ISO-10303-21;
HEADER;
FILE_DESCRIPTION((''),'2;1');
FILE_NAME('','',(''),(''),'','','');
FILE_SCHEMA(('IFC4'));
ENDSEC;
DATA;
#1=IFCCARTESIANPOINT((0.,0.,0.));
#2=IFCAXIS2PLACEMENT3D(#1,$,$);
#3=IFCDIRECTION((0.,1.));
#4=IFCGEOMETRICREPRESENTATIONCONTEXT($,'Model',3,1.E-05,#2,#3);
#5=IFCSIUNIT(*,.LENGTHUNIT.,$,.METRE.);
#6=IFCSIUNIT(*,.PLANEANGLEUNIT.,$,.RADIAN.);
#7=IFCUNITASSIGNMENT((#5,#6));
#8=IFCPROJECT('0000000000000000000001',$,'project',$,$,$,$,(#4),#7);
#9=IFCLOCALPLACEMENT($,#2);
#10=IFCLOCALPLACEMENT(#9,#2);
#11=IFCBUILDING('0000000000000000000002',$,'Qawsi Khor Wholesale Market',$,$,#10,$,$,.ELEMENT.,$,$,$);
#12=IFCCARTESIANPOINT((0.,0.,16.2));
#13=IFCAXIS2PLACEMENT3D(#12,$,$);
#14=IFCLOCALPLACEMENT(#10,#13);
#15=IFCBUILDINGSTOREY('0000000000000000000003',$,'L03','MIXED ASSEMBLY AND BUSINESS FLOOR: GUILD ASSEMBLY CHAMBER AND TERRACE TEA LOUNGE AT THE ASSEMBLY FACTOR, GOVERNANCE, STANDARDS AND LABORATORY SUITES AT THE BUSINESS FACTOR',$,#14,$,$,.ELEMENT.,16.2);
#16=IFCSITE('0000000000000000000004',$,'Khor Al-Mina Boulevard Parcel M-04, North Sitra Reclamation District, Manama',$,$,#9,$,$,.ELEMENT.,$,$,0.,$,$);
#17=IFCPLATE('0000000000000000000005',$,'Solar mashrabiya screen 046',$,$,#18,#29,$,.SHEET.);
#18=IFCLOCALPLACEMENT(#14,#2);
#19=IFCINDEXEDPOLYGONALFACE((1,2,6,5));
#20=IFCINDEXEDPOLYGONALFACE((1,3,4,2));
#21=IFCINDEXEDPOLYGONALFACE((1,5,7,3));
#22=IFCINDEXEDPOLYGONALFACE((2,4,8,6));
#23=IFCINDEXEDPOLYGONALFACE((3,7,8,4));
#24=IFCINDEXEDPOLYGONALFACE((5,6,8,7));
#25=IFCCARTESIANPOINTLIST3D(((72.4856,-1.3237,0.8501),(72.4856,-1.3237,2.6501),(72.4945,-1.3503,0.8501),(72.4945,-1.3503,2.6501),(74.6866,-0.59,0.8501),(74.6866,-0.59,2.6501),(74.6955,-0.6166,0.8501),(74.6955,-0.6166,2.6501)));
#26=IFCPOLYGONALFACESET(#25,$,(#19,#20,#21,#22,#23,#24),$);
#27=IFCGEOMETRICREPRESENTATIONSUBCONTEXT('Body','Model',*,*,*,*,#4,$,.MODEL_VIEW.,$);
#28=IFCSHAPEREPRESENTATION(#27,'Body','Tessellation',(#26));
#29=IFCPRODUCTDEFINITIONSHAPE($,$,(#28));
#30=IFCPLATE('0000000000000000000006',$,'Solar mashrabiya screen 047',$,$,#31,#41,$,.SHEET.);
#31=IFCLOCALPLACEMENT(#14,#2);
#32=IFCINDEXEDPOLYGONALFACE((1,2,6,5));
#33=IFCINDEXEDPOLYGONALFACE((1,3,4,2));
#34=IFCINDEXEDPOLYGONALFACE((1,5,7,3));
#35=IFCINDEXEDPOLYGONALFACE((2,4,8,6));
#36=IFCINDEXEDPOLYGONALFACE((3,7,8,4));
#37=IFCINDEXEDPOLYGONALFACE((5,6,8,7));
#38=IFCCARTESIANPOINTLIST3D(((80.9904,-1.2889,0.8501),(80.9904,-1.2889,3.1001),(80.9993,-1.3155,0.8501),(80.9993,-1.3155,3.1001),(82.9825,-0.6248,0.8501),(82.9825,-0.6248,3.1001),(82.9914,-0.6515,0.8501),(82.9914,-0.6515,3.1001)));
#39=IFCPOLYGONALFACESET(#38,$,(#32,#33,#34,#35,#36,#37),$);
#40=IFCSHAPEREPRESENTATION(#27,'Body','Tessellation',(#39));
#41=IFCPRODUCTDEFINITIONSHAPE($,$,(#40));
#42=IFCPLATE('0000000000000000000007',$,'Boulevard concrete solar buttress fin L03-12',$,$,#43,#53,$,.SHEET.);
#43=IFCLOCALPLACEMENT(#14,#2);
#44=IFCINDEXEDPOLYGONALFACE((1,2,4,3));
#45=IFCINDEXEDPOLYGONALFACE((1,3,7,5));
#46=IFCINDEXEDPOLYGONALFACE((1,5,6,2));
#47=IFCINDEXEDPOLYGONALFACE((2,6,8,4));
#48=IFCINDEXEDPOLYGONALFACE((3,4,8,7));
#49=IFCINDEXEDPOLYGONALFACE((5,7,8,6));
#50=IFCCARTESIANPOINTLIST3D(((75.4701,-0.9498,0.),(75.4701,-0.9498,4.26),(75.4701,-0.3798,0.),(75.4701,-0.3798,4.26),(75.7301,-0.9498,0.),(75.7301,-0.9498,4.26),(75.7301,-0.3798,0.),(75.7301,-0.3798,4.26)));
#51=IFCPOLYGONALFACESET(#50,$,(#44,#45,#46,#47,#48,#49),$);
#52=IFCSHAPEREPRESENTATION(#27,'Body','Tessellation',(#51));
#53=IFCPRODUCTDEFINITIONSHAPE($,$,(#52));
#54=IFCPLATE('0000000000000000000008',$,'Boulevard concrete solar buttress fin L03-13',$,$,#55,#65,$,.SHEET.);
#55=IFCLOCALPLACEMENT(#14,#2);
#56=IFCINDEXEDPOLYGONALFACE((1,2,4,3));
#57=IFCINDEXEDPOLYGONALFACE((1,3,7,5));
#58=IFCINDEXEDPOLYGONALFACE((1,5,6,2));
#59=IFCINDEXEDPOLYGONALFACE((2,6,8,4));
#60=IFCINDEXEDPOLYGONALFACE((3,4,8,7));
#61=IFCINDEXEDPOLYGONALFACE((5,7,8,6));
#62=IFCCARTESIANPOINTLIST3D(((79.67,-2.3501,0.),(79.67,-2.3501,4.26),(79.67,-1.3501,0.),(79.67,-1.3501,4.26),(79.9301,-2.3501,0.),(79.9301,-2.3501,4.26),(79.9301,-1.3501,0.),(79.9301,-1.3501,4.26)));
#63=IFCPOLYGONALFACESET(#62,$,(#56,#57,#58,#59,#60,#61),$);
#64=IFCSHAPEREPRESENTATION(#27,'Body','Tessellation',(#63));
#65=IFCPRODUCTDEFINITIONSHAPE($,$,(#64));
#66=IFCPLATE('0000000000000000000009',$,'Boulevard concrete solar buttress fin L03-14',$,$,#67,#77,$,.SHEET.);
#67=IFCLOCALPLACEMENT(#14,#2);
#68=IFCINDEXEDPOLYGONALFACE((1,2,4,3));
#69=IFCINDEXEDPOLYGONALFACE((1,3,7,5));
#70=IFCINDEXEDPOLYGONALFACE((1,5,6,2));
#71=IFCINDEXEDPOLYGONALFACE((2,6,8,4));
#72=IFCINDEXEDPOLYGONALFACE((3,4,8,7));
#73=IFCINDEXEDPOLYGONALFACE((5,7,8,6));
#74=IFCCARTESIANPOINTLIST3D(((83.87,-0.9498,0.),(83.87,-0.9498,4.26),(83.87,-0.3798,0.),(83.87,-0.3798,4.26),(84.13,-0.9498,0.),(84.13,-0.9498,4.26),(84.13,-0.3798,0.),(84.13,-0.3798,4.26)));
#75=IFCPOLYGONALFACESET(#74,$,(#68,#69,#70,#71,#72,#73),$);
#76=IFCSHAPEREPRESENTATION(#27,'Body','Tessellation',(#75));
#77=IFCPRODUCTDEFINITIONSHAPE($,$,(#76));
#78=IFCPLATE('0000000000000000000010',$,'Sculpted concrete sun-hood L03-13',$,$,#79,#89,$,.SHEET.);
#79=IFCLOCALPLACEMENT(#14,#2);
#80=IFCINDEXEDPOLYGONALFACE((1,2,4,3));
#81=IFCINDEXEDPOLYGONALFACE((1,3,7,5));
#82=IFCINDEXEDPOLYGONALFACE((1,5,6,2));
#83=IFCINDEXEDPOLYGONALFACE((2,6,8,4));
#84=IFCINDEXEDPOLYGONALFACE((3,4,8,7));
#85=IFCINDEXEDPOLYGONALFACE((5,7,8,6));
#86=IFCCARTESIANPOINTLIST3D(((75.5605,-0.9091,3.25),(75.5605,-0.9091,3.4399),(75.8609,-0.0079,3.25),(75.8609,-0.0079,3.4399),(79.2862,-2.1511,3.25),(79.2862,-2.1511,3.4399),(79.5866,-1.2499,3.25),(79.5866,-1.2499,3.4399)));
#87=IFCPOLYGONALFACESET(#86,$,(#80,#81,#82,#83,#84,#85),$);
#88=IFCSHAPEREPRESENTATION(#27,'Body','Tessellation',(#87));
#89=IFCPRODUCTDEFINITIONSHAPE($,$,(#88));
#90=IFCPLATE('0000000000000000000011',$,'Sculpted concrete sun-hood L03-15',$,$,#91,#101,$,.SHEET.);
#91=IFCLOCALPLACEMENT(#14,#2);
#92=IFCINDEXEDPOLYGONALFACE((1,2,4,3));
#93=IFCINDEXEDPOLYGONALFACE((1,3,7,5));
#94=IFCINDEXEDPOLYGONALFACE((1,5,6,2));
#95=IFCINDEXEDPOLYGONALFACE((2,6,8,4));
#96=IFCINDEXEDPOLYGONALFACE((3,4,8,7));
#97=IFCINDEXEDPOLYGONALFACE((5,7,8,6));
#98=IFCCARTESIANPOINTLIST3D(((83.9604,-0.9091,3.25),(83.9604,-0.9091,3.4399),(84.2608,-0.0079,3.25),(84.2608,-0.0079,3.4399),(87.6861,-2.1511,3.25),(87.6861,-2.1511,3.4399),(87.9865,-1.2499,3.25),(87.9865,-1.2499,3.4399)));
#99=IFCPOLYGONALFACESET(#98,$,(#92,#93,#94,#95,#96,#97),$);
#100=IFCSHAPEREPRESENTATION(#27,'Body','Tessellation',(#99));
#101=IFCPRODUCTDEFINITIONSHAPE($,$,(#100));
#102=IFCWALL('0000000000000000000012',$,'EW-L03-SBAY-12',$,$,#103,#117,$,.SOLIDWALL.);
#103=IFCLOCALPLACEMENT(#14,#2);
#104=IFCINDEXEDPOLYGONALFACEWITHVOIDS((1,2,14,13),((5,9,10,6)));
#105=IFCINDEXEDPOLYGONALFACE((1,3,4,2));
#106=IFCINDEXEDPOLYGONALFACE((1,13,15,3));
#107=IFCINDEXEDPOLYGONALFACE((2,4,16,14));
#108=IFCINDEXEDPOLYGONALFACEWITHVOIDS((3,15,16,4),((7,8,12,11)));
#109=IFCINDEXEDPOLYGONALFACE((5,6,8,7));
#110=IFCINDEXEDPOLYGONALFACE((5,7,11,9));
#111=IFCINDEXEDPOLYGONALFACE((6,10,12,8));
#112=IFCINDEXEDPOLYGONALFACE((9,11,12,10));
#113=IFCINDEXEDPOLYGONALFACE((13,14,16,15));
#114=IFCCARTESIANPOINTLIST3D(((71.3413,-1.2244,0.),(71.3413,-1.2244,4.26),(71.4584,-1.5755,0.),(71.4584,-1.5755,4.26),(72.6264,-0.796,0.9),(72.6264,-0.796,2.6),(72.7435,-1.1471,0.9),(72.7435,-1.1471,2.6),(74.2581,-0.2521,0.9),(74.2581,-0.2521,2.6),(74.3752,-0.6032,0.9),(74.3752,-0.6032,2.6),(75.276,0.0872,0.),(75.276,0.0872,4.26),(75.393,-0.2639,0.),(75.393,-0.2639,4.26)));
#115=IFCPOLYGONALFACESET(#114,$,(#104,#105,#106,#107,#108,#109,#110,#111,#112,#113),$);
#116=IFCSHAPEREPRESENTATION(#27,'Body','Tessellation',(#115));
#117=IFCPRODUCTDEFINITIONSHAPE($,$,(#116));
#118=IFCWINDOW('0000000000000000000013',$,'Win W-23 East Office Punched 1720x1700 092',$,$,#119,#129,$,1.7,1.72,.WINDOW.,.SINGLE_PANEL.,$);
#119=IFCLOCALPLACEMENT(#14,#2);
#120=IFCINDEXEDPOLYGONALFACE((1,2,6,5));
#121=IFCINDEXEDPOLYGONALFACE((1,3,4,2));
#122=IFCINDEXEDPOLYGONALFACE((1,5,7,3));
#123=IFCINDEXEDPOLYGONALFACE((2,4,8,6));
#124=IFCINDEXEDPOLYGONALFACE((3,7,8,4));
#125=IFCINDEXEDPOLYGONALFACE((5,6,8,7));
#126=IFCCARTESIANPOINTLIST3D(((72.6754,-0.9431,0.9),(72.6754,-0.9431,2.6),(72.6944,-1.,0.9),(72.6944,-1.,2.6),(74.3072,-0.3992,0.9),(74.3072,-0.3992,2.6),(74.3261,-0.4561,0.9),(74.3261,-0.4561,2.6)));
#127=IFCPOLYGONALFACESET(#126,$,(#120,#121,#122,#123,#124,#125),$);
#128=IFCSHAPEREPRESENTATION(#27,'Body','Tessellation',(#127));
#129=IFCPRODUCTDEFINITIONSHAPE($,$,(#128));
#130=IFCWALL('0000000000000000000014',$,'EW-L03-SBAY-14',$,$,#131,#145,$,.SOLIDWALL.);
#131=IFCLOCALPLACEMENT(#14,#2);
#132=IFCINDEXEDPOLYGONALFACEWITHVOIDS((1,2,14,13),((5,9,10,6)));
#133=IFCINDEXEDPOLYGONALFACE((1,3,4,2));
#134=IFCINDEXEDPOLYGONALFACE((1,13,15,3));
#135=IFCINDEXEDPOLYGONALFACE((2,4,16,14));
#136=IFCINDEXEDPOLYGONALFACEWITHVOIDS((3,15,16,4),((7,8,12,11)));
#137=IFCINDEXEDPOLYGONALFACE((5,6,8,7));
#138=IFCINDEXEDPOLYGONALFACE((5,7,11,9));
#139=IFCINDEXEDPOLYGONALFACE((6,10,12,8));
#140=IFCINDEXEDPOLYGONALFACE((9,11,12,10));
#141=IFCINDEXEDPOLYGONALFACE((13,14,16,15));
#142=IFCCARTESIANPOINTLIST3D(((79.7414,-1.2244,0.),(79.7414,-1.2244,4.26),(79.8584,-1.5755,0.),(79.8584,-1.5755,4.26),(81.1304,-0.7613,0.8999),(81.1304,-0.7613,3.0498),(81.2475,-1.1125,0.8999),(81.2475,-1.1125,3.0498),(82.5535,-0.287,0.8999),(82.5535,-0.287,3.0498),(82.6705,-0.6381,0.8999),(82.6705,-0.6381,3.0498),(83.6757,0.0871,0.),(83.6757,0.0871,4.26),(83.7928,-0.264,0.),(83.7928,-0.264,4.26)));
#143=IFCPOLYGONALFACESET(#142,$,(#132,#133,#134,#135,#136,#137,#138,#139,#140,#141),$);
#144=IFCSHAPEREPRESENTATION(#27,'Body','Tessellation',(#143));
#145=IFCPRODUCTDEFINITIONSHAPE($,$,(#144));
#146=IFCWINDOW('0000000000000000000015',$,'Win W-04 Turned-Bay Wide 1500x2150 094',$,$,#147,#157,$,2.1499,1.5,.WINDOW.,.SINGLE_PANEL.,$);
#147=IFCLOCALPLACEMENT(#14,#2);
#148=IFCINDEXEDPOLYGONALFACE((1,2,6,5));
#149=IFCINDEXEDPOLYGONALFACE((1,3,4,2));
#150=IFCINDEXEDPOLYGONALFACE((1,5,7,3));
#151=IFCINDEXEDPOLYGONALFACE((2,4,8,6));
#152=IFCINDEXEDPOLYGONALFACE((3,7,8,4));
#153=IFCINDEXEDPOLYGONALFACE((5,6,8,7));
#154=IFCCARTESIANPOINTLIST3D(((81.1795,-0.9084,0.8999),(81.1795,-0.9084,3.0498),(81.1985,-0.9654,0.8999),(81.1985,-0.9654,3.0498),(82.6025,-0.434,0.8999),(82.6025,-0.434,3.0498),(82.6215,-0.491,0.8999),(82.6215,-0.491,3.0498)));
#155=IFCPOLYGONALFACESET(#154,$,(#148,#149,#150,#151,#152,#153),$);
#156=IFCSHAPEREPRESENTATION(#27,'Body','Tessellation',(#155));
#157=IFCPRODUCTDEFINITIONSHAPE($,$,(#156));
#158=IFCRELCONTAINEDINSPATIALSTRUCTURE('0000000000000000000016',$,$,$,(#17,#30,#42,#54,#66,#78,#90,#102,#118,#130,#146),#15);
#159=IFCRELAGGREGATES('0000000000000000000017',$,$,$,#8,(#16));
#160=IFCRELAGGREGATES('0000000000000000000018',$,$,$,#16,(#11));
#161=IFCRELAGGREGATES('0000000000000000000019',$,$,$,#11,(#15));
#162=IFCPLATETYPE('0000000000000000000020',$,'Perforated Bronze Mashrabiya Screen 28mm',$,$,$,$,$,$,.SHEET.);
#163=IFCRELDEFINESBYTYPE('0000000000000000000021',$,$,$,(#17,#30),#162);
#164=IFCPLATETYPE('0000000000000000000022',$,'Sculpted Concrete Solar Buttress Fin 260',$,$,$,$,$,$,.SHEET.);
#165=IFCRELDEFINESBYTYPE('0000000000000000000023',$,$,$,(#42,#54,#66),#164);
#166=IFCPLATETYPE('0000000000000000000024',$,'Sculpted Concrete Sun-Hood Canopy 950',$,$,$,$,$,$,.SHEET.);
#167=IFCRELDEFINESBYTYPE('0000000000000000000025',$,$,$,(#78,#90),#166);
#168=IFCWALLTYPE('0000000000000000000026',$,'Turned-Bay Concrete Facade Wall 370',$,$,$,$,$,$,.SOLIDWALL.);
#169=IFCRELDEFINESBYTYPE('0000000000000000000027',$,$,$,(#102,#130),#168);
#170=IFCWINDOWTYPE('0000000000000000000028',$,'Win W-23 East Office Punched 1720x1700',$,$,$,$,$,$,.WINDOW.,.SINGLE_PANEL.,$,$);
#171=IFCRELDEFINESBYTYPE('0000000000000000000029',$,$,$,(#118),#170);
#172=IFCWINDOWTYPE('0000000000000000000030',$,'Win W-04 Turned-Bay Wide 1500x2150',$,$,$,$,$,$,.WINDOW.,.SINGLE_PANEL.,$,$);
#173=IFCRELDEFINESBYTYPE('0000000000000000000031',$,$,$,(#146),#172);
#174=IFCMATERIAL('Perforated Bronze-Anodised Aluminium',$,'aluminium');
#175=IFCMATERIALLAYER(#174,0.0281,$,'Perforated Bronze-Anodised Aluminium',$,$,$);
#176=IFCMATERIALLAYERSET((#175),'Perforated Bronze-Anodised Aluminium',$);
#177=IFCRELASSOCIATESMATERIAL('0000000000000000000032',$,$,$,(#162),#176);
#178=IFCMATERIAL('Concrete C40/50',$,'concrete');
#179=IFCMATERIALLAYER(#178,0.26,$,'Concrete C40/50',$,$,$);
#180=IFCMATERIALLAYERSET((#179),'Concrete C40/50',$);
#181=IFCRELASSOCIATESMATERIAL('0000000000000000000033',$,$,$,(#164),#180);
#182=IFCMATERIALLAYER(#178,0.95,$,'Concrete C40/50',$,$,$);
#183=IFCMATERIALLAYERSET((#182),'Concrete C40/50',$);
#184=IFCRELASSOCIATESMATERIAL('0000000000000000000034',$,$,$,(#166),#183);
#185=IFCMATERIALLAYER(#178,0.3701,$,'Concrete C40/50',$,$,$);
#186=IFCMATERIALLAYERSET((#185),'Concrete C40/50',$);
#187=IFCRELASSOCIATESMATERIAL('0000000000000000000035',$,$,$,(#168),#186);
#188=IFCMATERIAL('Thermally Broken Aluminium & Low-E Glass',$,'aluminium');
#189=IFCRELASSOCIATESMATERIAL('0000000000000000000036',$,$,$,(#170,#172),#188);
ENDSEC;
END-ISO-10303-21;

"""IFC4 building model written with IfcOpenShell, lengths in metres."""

from ifc_helpers import new_model, si_unit, direction, frame, frame_2d, origin, place, context, subcontext, project, spatial, rectangle, extrude, material, layer, layer_set, type_object, element, fill, save


model = new_model("IFC4")

# Units and contexts
model_context = context("Model", 3, precision=1e-05, world=origin(), true_north=direction((0.0, 1.0)))
body_context = subcontext(model_context, "Body", "Model", "MODEL_VIEW")
ifc_project = project(units=[si_unit("LENGTHUNIT", "METRE"), si_unit("PLANEANGLEUNIT", "RADIAN")], contexts=[model_context])

# Site, building, storey
site_placement = place(None, origin())
site = spatial("IfcSite", under=ifc_project, at=site_placement, Name="Khor Al-Mina Boulevard Parcel M-04, North Sitra Reclamation District, Manama", CompositionType="ELEMENT", RefElevation=0.0)
building_placement = place(site_placement, origin())
building = spatial("IfcBuilding", under=site, at=building_placement, Name="Qawsi Khor Wholesale Market", CompositionType="ELEMENT")
storey_placement = place(building_placement, frame((0.0, 0.0, 16.2)))
storey = spatial("IfcBuildingStorey", under=building, at=storey_placement, Name="L03", Description="MIXED ASSEMBLY AND BUSINESS FLOOR: GUILD ASSEMBLY CHAMBER AND TERRACE TEA LOUNGE AT THE ASSEMBLY FACTOR, GOVERNANCE, STANDARDS AND LABORATORY SUITES AT THE BUSINESS FACTOR", CompositionType="ELEMENT", Elevation=16.2)

# Plates
ifc_material_1 = material(Name="Perforated Bronze-Anodised Aluminium", Category="aluminium")
ifc_layer_1 = layer(ifc_material_1, 0.0281, Name="Perforated Bronze-Anodised Aluminium")
ifc_layer_set_1 = layer_set([ifc_layer_1], Name="Perforated Bronze-Anodised Aluminium")
plate_type_1 = type_object("IfcPlateType", Name="Perforated Bronze Mashrabiya Screen 28mm", PredefinedType="SHEET", material=ifc_layer_set_1)
plate_1_placement = place(storey_placement, frame((74.6912, -0.6033, 0.8501), z_axis=(0.0, 0.0, 1.0), x_axis=(-0.948683, -0.316228, 0.0)))
element("IfcPlate", 1, at=plate_1_placement, inside=storey, type_object=plate_type_1, Name="Solar mashrabiya screen 046", PredefinedType="SHEET", context=body_context, shape_type="SweptSolid", body=[
    extrude(rectangle(XDim=2.3201, YDim=0.0281, at=frame_2d((1.1602, 0.0))), origin(), (0.0, 0.0, 1.0), 1.8),
])
plate_2_placement = place(storey_placement, frame((82.9868, -0.6382, 0.8501), z_axis=(0.0, 0.0, 1.0), x_axis=(-0.948683, -0.316228, 0.0)))
element("IfcPlate", 2, at=plate_2_placement, inside=storey, type_object=plate_type_1, Name="Solar mashrabiya screen 047", PredefinedType="SHEET", context=body_context, shape_type="SweptSolid", body=[
    extrude(rectangle(XDim=2.0999, YDim=0.0281, at=frame_2d((1.0498, 0.0))), origin(), (0.0, 0.0, 1.0), 2.25),
])
ifc_material_2 = material(Name="Concrete C40/50", Category="concrete")
ifc_layer_2 = layer(ifc_material_2, 0.26, Name="Concrete C40/50")
ifc_layer_set_2 = layer_set([ifc_layer_2], Name="Concrete C40/50")
plate_type_2 = type_object("IfcPlateType", Name="Sculpted Concrete Solar Buttress Fin 260", PredefinedType="SHEET", material=ifc_layer_set_2)
plate_3_placement = place(storey_placement, frame((75.6001, -0.95, 0.0), z_axis=(0.0, 0.0, 1.0), x_axis=(0.0, 1.0, 0.0)))
element("IfcPlate", 3, at=plate_3_placement, inside=storey, type_object=plate_type_2, Name="Boulevard concrete solar buttress fin L03-12", PredefinedType="SHEET", context=body_context, shape_type="SweptSolid", body=[
    extrude(rectangle(XDim=0.5701, YDim=0.26, at=frame_2d((0.2852, 0.0))), origin(), (0.0, 0.0, 1.0), 4.26),
])
plate_4_placement = place(storey_placement, frame((79.8, -2.3501, 0.0), z_axis=(0.0, 0.0, 1.0), x_axis=(0.0, 1.0, 0.0)))
element("IfcPlate", 4, at=plate_4_placement, inside=storey, type_object=plate_type_2, Name="Boulevard concrete solar buttress fin L03-13", PredefinedType="SHEET", context=body_context, shape_type="SweptSolid", body=[
    extrude(rectangle(XDim=1.0, YDim=0.26, at=frame_2d((0.5, 0.0))), origin(), (0.0, 0.0, 1.0), 4.26),
])
plate_5_placement = place(storey_placement, frame((84.0, -0.95, 0.0), z_axis=(0.0, 0.0, 1.0), x_axis=(0.0, 1.0, 0.0)))
element("IfcPlate", 5, at=plate_5_placement, inside=storey, type_object=plate_type_2, Name="Boulevard concrete solar buttress fin L03-14", PredefinedType="SHEET", context=body_context, shape_type="SweptSolid", body=[
    extrude(rectangle(XDim=0.5701, YDim=0.26, at=frame_2d((0.2852, 0.0))), origin(), (0.0, 0.0, 1.0), 4.26),
])
ifc_layer_3 = layer(ifc_material_2, 0.95, Name="Concrete C40/50")
ifc_layer_set_3 = layer_set([ifc_layer_3], Name="Concrete C40/50")
plate_type_3 = type_object("IfcPlateType", Name="Sculpted Concrete Sun-Hood Canopy 950", PredefinedType="SHEET", material=ifc_layer_set_3)
for number, where, z_axis, x_axis, name in (
    (6, (75.7107, -0.4585, 3.25), (0.0, 0.0, 1.0), (0.948677, -0.316246, 0.0), "Sculpted concrete sun-hood L03-13"),
    (7, (84.1106, -0.4585, 3.25), (0.0, 0.0, 1.0), (0.948677, -0.316246, 0.0), "Sculpted concrete sun-hood L03-15"),
):
    element("IfcPlate", number, at=place(storey_placement, frame(where, z_axis=z_axis, x_axis=x_axis)), inside=storey, type_object=plate_type_3, Name=name, PredefinedType="SHEET", context=body_context, shape_type="SweptSolid", body=[
        extrude(rectangle(XDim=3.9272, YDim=0.95, at=frame_2d((1.9636, 0.0))), origin(), (0.0, 0.0, 1.0), 0.1899),
    ])

# Walls, openings, windows
ifc_layer_4 = layer(ifc_material_2, 0.3701, Name="Concrete C40/50")
ifc_layer_set_4 = layer_set([ifc_layer_4], Name="Concrete C40/50")
wall_type_1 = type_object("IfcWallType", Name="Turned-Bay Concrete Facade Wall 370", PredefinedType="SOLIDWALL", material=ifc_layer_set_4)
wall_1_placement = place(storey_placement, frame((75.3345, -0.0884, 0.0), z_axis=(0.0, 0.0, 1.0), x_axis=(-0.948683, -0.316228, 0.0)))
wall_1 = element("IfcWall", 8, at=wall_1_placement, inside=storey, type_object=wall_type_1, Name="EW-L03-SBAY-12", PredefinedType="SOLIDWALL", context=body_context, shape_type="SweptSolid", body=[
    extrude(rectangle(XDim=4.1475, YDim=0.3701, at=frame_2d((2.0737, 0.0))), origin(), (0.0, 0.0, 1.0), 4.26),
])
opening_1_placement = place(wall_1_placement, frame((1.073, 0.0, 0.8999)))
opening_1 = element("IfcOpeningElement", 9, at=opening_1_placement, cuts=wall_1, PredefinedType="OPENING", context=body_context, shape_type="SweptSolid", body=[
    extrude(rectangle(XDim=1.72, YDim=1.7, at=frame_2d((0.8599, 0.8501))), frame((0.0, 0.1951, 0.0), z_axis=(0.0, -1.0, 0.0), x_axis=(1.0, 0.0, 0.0)), (0.0, 0.0, 1.0), 0.3901),
])
ifc_material_3 = material(Name="Thermally Broken Aluminium & Low-E Glass", Category="aluminium")
window_type_1 = type_object("IfcWindowType", Name="Win W-23 East Office Punched 1720x1700", PartitioningType="SINGLE_PANEL", PredefinedType="WINDOW", material=ifc_material_3)
window_1_placement = place(opening_1_placement, origin())
window_1 = element("IfcWindow", 10, at=window_1_placement, inside=storey, type_object=window_type_1, Name="Win W-23 East Office Punched 1720x1700 092", OverallHeight=1.7, OverallWidth=1.72, PartitioningType="SINGLE_PANEL", PredefinedType="WINDOW", context=body_context, shape_type="SweptSolid", body=[
    extrude(rectangle(XDim=1.72, YDim=1.7, at=frame_2d((0.8599, 0.8501))), frame((0.0, 0.03, 0.0), z_axis=(0.0, -1.0, 0.0), x_axis=(1.0, 0.0, 0.0)), (0.0, 0.0, 1.0), 0.0601),
])
fill(opening_1, window_1)
wall_2_placement = place(storey_placement, frame((83.7344, -0.0884, 0.0), z_axis=(0.0, 0.0, 1.0), x_axis=(-0.948677, -0.316245, 0.0)))
wall_2 = element("IfcWall", 11, at=wall_2_placement, inside=storey, type_object=wall_type_1, Name="EW-L03-SBAY-14", PredefinedType="SOLIDWALL", context=body_context, shape_type="SweptSolid", body=[
    extrude(rectangle(XDim=4.1472, YDim=0.3701, at=frame_2d((2.0737, 0.0))), origin(), (0.0, 0.0, 1.0), 4.26),
])
opening_2_placement = place(wall_2_placement, frame((1.1831, 0.0, 0.8999)))
opening_2 = element("IfcOpeningElement", 12, at=opening_2_placement, cuts=wall_2, PredefinedType="OPENING", context=body_context, shape_type="SweptSolid", body=[
    extrude(rectangle(XDim=1.5, YDim=2.1499, at=frame_2d((0.75, 1.075))), frame((0.0, 0.1951, 0.0), z_axis=(0.0, -1.0, 0.0), x_axis=(1.0, 0.0, 0.0)), (0.0, 0.0, 1.0), 0.3901),
])
window_type_2 = type_object("IfcWindowType", Name="Win W-04 Turned-Bay Wide 1500x2150", PartitioningType="SINGLE_PANEL", PredefinedType="WINDOW", material=ifc_material_3)
window_2_placement = place(opening_2_placement, origin())
window_2 = element("IfcWindow", 13, at=window_2_placement, inside=storey, type_object=window_type_2, Name="Win W-04 Turned-Bay Wide 1500x2150 094", OverallHeight=2.1499, OverallWidth=1.5, PartitioningType="SINGLE_PANEL", PredefinedType="WINDOW", context=body_context, shape_type="SweptSolid", body=[
    extrude(rectangle(XDim=1.5, YDim=2.1499, at=frame_2d((0.75, 1.075))), frame((0.0, 0.03, 0.0), z_axis=(0.0, -1.0, 0.0), x_axis=(1.0, 0.0, 0.0)), (0.0, 0.0, 1.0), 0.0601),
])
fill(opening_2, window_2)

save(model, "model.ifc")
